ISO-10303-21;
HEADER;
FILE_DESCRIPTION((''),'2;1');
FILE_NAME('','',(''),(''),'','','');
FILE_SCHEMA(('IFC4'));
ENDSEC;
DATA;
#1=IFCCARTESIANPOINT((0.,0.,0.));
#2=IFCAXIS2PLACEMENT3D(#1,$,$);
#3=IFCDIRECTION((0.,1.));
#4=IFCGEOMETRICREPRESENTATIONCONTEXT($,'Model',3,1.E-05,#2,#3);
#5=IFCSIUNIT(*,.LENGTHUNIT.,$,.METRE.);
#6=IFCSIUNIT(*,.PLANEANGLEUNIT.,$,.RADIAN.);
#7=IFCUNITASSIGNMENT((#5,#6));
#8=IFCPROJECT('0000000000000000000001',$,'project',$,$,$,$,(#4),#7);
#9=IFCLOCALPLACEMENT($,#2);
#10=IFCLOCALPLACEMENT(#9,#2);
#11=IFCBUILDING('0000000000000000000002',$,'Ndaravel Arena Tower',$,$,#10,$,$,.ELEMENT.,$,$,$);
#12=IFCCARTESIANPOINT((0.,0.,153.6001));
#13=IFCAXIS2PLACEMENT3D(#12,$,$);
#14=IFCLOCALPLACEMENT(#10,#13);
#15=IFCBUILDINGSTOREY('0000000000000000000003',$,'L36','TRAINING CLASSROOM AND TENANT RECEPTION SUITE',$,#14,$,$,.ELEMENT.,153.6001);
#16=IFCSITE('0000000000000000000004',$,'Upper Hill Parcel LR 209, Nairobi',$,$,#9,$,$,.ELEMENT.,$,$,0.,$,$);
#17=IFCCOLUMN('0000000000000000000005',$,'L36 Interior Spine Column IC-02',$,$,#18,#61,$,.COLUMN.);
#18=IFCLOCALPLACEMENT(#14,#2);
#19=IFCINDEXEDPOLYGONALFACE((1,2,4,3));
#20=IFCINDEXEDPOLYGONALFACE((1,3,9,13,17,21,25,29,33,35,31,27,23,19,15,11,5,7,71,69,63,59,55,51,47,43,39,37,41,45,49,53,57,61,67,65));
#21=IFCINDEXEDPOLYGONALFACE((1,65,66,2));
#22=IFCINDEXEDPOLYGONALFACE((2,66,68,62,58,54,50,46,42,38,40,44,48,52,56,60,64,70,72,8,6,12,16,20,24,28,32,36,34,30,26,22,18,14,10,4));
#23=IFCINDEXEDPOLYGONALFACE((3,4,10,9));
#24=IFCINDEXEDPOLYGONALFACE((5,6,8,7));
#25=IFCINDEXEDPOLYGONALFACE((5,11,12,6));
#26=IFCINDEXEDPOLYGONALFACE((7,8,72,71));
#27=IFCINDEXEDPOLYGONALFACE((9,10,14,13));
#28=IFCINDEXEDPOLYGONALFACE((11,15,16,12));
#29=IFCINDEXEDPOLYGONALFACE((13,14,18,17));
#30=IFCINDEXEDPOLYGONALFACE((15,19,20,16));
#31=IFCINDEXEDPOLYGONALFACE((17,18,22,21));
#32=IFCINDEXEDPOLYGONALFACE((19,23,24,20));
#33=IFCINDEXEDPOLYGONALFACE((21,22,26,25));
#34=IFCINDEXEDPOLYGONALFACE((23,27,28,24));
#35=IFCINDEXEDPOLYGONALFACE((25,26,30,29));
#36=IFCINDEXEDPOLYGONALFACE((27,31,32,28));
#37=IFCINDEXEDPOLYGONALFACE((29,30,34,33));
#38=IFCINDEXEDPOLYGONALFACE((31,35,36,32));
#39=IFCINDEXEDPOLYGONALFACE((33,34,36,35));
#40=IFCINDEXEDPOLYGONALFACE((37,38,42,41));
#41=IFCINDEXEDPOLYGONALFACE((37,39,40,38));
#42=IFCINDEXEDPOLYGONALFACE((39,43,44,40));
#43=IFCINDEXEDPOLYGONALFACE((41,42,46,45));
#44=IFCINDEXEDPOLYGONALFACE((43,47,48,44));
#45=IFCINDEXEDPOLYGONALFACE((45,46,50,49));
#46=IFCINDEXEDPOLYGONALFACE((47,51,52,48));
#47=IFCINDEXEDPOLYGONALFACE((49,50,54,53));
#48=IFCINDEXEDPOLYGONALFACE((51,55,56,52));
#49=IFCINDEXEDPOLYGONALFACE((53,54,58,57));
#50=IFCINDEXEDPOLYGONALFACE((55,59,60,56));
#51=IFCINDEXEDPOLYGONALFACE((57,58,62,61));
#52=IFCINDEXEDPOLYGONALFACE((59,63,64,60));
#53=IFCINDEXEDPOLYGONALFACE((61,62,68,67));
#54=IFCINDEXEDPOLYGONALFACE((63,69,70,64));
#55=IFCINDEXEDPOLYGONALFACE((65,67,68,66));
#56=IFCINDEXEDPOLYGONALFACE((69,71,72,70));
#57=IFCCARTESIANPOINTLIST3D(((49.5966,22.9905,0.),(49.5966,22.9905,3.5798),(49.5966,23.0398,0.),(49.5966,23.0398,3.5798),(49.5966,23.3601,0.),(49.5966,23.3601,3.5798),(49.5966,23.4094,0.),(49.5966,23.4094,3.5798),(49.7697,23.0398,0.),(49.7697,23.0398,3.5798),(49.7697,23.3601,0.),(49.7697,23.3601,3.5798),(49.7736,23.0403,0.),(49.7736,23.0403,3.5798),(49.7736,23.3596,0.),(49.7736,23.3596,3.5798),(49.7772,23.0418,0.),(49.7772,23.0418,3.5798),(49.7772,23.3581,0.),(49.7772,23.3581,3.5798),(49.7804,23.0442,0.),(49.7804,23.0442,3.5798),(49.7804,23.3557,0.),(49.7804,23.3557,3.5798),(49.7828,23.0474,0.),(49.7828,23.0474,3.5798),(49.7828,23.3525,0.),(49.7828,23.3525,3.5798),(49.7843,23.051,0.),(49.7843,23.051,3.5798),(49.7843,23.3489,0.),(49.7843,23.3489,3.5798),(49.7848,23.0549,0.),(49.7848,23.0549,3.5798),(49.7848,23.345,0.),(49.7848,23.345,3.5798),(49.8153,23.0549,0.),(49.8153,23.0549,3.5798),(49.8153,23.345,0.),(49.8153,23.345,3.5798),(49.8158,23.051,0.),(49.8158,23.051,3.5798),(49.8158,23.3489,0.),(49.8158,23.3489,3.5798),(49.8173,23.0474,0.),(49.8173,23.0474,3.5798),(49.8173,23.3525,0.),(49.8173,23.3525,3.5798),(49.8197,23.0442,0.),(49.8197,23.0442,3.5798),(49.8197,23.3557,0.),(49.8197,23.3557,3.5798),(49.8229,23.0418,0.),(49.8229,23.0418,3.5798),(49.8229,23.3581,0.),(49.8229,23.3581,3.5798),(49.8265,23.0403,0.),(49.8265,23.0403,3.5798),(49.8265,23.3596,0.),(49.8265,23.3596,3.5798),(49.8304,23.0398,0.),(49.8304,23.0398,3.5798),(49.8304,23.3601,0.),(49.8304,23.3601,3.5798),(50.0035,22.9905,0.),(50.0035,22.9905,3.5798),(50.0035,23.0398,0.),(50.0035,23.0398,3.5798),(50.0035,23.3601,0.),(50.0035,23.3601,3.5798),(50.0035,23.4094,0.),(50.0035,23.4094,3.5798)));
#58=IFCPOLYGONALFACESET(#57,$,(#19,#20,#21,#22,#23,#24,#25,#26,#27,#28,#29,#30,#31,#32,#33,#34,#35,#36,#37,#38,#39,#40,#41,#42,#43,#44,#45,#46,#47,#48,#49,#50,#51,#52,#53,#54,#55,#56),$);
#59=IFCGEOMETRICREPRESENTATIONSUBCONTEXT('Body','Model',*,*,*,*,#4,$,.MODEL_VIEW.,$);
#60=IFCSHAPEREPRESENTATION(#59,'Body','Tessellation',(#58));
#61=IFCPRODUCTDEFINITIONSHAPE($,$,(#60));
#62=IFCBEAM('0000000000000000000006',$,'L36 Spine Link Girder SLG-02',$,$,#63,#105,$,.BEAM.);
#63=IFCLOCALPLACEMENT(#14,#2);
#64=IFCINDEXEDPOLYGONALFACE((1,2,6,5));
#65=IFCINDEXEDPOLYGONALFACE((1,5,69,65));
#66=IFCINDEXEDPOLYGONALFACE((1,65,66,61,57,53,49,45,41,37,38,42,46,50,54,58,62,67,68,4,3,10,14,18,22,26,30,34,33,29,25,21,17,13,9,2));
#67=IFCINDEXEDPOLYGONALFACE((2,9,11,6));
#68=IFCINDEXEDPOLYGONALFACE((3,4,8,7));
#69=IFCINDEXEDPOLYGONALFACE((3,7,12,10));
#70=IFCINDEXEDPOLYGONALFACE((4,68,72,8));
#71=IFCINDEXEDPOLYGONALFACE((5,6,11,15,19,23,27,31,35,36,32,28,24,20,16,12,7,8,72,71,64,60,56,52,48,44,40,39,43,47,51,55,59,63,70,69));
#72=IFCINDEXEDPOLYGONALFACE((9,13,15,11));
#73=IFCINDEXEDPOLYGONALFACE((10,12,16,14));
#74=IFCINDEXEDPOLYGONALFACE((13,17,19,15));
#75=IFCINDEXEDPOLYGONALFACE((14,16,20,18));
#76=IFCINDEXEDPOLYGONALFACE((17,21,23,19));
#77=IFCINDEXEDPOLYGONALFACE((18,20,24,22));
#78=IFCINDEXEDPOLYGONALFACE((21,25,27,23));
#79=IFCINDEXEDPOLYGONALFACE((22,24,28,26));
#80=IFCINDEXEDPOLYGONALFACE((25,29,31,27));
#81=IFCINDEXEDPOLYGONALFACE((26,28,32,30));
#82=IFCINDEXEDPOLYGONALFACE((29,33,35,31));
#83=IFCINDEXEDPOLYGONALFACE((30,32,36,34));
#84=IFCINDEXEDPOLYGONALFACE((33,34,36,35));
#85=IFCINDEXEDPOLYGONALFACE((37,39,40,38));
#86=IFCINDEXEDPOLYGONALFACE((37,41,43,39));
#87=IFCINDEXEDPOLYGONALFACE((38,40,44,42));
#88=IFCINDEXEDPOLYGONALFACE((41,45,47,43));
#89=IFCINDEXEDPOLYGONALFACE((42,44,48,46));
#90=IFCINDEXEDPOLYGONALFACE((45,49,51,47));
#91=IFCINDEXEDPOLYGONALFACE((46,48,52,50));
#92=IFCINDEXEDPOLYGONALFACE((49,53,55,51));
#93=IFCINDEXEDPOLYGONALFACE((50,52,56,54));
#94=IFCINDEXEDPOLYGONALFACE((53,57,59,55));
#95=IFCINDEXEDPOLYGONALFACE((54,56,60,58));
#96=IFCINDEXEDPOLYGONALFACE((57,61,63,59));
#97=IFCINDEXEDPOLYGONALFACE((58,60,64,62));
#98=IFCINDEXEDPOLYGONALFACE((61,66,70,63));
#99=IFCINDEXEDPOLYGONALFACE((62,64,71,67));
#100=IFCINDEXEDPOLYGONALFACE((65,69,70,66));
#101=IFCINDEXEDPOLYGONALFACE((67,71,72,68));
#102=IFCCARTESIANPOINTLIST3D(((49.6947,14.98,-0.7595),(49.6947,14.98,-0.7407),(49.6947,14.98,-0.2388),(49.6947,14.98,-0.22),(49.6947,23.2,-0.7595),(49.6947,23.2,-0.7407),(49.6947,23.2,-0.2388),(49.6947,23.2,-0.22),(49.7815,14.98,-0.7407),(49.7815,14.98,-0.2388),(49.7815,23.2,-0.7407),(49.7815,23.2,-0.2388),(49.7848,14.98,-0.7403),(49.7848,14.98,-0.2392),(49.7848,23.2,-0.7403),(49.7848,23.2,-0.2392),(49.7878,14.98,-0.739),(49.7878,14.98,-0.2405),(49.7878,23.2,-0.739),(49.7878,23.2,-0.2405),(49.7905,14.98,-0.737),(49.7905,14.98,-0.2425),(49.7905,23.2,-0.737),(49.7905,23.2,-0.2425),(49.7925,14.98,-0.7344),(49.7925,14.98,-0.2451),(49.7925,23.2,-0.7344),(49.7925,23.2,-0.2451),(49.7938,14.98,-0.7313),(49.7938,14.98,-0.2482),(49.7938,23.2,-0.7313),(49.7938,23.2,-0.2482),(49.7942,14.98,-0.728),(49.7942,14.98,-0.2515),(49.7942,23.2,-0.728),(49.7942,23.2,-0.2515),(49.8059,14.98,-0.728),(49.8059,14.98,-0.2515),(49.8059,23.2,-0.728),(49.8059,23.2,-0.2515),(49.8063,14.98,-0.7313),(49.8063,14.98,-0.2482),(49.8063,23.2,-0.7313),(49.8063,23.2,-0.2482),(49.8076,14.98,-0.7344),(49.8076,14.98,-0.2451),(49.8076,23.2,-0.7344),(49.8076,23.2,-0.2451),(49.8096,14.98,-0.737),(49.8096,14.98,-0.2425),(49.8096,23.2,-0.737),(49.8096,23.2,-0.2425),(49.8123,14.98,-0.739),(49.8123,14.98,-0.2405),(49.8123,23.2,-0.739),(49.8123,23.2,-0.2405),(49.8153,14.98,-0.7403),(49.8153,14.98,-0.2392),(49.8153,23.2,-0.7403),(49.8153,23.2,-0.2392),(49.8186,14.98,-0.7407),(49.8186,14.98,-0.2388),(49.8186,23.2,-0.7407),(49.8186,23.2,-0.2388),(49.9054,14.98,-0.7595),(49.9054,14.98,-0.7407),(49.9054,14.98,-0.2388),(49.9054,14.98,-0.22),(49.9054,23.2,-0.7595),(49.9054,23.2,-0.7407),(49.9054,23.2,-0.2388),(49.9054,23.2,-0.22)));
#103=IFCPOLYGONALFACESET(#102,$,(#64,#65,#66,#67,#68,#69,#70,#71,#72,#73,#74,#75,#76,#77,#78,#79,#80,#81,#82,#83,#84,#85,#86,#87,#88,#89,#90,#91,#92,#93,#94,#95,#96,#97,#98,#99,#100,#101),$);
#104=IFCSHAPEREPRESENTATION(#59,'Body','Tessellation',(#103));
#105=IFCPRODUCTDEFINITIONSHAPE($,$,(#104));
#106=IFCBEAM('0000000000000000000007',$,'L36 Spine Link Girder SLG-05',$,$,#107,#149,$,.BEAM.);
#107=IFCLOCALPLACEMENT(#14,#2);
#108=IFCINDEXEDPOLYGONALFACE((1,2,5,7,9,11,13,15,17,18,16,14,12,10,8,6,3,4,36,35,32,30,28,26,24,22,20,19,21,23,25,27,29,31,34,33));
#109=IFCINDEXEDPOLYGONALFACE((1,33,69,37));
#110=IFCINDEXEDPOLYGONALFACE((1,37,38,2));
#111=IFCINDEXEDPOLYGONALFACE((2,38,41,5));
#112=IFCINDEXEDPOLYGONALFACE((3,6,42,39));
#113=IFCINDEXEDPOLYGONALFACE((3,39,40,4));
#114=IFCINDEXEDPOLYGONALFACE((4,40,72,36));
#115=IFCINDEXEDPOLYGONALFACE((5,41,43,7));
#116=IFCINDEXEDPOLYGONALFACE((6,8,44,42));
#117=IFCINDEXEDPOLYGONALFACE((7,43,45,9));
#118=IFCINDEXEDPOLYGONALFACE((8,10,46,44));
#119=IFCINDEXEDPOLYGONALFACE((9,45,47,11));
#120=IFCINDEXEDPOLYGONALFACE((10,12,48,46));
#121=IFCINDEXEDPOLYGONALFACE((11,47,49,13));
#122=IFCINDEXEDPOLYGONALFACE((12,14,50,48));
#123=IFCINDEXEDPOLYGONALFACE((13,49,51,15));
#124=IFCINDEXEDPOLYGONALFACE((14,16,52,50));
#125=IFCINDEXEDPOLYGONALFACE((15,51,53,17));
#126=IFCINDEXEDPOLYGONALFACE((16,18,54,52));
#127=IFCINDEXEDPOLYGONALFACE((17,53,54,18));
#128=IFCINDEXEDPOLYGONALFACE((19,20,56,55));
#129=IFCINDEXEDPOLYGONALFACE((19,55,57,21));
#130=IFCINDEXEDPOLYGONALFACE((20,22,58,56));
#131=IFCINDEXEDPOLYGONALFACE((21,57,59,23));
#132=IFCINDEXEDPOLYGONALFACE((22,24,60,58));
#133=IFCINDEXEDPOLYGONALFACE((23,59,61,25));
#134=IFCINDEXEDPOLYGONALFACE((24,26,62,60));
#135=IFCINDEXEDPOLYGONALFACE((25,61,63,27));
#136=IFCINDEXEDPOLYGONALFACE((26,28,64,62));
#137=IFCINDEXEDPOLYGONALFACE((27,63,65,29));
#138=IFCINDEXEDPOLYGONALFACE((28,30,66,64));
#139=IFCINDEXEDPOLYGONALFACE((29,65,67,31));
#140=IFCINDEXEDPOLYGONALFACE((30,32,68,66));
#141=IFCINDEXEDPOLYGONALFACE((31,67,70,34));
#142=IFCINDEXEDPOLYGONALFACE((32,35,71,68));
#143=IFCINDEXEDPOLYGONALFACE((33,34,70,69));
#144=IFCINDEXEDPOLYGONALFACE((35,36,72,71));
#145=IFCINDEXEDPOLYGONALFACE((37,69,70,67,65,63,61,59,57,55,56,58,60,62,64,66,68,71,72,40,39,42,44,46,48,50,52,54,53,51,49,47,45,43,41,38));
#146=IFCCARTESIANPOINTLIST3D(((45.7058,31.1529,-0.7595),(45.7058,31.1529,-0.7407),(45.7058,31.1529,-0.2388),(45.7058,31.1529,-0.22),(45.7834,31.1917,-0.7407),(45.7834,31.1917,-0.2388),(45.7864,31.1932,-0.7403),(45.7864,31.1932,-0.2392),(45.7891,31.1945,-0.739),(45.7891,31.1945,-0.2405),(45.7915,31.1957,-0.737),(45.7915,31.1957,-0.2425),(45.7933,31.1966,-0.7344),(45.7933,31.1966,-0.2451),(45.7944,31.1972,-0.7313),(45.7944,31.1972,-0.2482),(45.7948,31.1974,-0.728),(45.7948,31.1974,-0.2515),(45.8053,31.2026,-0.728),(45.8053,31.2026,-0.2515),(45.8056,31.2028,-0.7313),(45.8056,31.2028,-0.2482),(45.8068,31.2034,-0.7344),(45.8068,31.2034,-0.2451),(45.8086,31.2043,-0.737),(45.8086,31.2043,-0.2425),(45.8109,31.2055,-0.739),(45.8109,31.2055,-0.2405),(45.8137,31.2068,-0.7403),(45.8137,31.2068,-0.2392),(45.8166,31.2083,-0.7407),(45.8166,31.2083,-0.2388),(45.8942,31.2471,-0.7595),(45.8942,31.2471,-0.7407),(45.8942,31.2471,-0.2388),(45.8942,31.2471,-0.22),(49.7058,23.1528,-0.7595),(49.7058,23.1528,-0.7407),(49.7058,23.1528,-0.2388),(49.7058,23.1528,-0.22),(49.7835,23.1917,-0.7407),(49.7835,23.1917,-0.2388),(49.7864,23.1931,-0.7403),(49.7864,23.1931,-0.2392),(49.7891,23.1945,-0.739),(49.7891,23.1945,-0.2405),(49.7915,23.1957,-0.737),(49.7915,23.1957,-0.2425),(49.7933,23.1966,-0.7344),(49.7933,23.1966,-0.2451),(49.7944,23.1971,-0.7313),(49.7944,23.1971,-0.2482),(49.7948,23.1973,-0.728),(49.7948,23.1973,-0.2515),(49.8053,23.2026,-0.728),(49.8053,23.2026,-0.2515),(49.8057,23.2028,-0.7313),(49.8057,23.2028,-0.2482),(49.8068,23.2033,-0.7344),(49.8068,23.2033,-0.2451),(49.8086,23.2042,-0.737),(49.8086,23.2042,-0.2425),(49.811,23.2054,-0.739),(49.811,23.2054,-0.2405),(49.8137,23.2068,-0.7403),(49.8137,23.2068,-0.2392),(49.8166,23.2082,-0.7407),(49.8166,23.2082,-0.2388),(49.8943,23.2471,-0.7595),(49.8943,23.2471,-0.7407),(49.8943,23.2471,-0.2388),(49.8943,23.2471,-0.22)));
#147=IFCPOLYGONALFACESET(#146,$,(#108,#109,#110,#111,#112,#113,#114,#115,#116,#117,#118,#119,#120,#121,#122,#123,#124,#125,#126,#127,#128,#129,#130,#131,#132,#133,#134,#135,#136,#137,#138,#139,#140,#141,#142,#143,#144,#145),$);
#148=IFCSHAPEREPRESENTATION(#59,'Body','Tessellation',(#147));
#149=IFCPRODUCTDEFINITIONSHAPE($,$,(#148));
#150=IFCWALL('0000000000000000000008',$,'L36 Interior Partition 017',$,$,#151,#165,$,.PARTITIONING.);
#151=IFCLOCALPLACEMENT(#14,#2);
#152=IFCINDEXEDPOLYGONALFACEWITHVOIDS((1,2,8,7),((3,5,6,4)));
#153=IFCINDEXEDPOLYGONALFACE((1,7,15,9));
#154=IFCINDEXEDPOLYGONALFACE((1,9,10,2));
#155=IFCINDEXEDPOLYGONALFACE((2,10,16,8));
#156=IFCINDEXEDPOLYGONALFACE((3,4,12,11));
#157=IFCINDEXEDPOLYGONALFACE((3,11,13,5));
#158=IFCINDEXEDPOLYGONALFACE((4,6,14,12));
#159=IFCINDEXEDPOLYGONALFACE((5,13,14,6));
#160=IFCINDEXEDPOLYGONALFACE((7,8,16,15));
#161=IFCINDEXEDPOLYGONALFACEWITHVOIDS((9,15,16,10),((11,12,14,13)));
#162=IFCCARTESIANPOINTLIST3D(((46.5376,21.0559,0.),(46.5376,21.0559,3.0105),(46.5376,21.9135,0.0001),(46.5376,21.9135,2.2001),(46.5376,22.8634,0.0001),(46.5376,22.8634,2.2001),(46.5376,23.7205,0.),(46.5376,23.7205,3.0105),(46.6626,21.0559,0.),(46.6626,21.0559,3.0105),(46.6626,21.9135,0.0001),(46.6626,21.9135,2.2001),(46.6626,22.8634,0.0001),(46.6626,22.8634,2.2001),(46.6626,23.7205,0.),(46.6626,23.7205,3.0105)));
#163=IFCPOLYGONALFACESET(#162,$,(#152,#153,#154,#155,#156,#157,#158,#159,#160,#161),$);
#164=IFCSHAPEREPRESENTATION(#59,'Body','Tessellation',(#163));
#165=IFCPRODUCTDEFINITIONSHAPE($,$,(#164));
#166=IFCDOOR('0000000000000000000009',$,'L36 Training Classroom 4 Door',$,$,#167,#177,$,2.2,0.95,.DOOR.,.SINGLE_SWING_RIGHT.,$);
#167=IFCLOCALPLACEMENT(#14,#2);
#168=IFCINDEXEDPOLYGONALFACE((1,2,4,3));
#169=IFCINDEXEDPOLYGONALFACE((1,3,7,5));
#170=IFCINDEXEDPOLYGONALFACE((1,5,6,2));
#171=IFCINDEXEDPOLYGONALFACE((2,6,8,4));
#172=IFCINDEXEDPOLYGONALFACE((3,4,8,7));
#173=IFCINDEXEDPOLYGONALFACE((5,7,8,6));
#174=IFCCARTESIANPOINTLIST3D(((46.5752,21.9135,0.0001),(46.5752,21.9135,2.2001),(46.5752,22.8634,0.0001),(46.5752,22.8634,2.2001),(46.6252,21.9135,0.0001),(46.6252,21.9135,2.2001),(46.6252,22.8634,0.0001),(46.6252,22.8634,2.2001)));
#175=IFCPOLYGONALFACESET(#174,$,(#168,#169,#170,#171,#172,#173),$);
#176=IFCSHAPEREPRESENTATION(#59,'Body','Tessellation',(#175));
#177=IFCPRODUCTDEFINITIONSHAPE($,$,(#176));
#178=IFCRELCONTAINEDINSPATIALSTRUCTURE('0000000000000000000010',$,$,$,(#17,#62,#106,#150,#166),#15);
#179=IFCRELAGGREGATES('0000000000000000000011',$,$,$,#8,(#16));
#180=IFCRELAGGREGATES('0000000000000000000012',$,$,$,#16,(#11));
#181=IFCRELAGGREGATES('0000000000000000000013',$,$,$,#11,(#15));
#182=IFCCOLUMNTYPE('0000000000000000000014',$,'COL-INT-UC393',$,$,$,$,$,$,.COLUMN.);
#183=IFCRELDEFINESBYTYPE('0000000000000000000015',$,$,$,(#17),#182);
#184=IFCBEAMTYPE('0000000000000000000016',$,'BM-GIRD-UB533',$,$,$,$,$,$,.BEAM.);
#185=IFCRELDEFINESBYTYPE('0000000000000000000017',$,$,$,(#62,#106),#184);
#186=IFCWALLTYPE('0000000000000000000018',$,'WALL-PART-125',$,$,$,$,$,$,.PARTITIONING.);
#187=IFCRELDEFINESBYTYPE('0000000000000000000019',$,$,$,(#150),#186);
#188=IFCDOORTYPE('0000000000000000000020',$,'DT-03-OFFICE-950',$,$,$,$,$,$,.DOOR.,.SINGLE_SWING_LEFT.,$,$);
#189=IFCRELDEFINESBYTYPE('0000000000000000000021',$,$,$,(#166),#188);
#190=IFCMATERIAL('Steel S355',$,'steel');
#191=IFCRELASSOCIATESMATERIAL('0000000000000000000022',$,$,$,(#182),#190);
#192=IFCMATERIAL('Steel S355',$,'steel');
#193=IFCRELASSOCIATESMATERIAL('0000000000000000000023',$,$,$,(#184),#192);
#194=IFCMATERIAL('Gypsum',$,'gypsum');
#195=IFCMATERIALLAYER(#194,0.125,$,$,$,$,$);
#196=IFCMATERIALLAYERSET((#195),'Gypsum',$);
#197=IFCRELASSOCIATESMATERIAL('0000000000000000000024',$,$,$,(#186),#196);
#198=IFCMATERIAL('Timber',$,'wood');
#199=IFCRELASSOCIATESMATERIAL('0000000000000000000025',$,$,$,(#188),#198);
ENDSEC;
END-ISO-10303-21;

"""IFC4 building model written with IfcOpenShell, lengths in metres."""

from ifc_helpers import new_model, si_unit, direction, frame, frame_2d, origin, origin_2d, place, context, subcontext, project, spatial, rectangle, i_section, extrude, material, layer, layer_set, material_profile, profile_set, type_object, element, fill, save


model = new_model("IFC4")

# Units and contexts
model_context = context("Model", 3, precision=1e-05, world=origin(), true_north=direction((0.0, 1.0)))
body_context = subcontext(model_context, "Body", "Model", "MODEL_VIEW")
ifc_project = project(units=[si_unit("LENGTHUNIT", "METRE"), si_unit("PLANEANGLEUNIT", "RADIAN")], contexts=[model_context])

# Site, building, storey
site_placement = place(None, origin())
site = spatial("IfcSite", under=ifc_project, at=site_placement, Name="Upper Hill Parcel LR 209, Nairobi", CompositionType="ELEMENT", RefElevation=0.0)
building_placement = place(site_placement, origin())
building = spatial("IfcBuilding", under=site, at=building_placement, Name="Ndaravel Arena Tower", CompositionType="ELEMENT")
storey_placement = place(building_placement, frame((0.0, 0.0, 153.6001)))
storey = spatial("IfcBuildingStorey", under=building, at=storey_placement, Name="L36", Description="TRAINING CLASSROOM AND TENANT RECEPTION SUITE", CompositionType="ELEMENT", Elevation=153.6001)

# Column
ifc_material_1 = material(Name="Steel S355", Category="steel")
ifc_material_profile_1 = material_profile(ifc_material_1, i_section(OverallWidth=0.407, OverallDepth=0.4189, WebThickness=0.0305, FlangeThickness=0.0493, FilletRadius=0.0151, at=origin_2d()), Name="UC 356x406x393")
ifc_profile_set_1 = profile_set([ifc_material_profile_1], Name="Steel S355")
column_type = type_object("IfcColumnType", Name="COL-INT-UC393", PredefinedType="COLUMN", material=ifc_profile_set_1)
column_placement = place(storey_placement, frame((49.8, 23.2, 0.0), z_axis=(0.0, 0.0, 1.0), x_axis=(1.0, 0.0, 0.0)))
element("IfcColumn", 1, at=column_placement, inside=storey, type_object=column_type, Name="L36 Interior Spine Column IC-02", PredefinedType="COLUMN", context=body_context, shape_type="SweptSolid", body=[
    extrude(i_section(OverallWidth=0.407, OverallDepth=0.4189, WebThickness=0.0305, FlangeThickness=0.0493, FilletRadius=0.0151, at=origin_2d()), origin(), (0.0, 0.0, 1.0), 3.5798),
])

# Beams
ifc_material_2 = material(Name="Steel S355", Category="steel")
ifc_material_profile_2 = material_profile(ifc_material_2, i_section(OverallWidth=0.2107, OverallDepth=0.5396, WebThickness=0.0117, FlangeThickness=0.0188, FilletRadius=0.0127, at=origin_2d()), Name="UB 533x210x109")
ifc_profile_set_2 = profile_set([ifc_material_profile_2], Name="Steel S355")
beam_type = type_object("IfcBeamType", Name="BM-GIRD-UB533", PredefinedType="BEAM", material=ifc_profile_set_2)
beam_1_placement = place(storey_placement, frame((49.8, 14.98, -0.4897), z_axis=(0.0, 1.0, 0.0), x_axis=(-1.0, 0.0, 0.0)))
element("IfcBeam", 2, at=beam_1_placement, inside=storey, type_object=beam_type, Name="L36 Spine Link Girder SLG-02", PredefinedType="BEAM", context=body_context, shape_type="SweptSolid", body=[
    extrude(i_section(OverallWidth=0.2107, OverallDepth=0.5396, WebThickness=0.0117, FlangeThickness=0.0188, FilletRadius=0.0127, at=origin_2d()), origin(), (0.0, 0.0, 1.0), 8.22),
])
beam_2_placement = place(storey_placement, frame((49.8, 23.2, -0.4897), z_axis=(-0.447214, 0.894427, 0.0), x_axis=(-0.894427, -0.447214, 0.0)))
element("IfcBeam", 3, at=beam_2_placement, inside=storey, type_object=beam_type, Name="L36 Spine Link Girder SLG-05", PredefinedType="BEAM", context=body_context, shape_type="SweptSolid", body=[
    extrude(i_section(OverallWidth=0.2107, OverallDepth=0.5396, WebThickness=0.0117, FlangeThickness=0.0188, FilletRadius=0.0127, at=origin_2d()), origin(), (0.0, 0.0, 1.0), 8.9443),
])

# Wall, opening, door
ifc_material_3 = material(Name="Gypsum", Category="gypsum")
ifc_layer_1 = layer(ifc_material_3, 0.125)
ifc_layer_set_1 = layer_set([ifc_layer_1], Name="Gypsum")
wall_type_1 = type_object("IfcWallType", Name="WALL-PART-125", PredefinedType="PARTITIONING", material=ifc_layer_set_1)
wall_1_placement = place(storey_placement, frame((46.6001, 21.0559, 0.0), z_axis=(0.0, 0.0, 1.0), x_axis=(0.0, 1.0, 0.0)))
wall_1 = element("IfcWall", 4, at=wall_1_placement, inside=storey, type_object=wall_type_1, Name="L36 Interior Partition 017", PredefinedType="PARTITIONING", context=body_context, shape_type="SweptSolid", body=[
    extrude(rectangle(XDim=2.6646, YDim=0.125, at=frame_2d((1.3323, 0.0))), origin(), (0.0, 0.0, 1.0), 3.0105),
])
opening_1_placement = place(wall_1_placement, frame((0.8574, 0.0, 0.0)))
opening_1 = element("IfcOpeningElement", 5, at=opening_1_placement, cuts=wall_1, PredefinedType="OPENING", context=body_context, shape_type="SweptSolid", body=[
    extrude(rectangle(XDim=0.95, YDim=2.2, at=frame_2d((0.4751, 1.1001))), frame((0.0, 0.0625, 0.0), z_axis=(0.0, -1.0, 0.0), x_axis=(1.0, 0.0, 0.0)), (0.0, 0.0, 1.0), 0.125),
])
ifc_material_4 = material(Name="Timber", Category="wood")
door_type_1 = type_object("IfcDoorType", Name="DT-03-OFFICE-950", OperationType="SINGLE_SWING_LEFT", PredefinedType="DOOR", material=ifc_material_4)
door_1_placement = place(opening_1_placement, origin())
door_1 = element("IfcDoor", 6, at=door_1_placement, inside=storey, type_object=door_type_1, Name="L36 Training Classroom 4 Door", OperationType="SINGLE_SWING_RIGHT", OverallHeight=2.2, OverallWidth=0.95, PredefinedType="DOOR", context=body_context, shape_type="SweptSolid", body=[
    extrude(rectangle(XDim=0.95, YDim=2.2, at=frame_2d((0.4751, 1.1001))), frame((0.0, 0.0249, 0.0), z_axis=(0.0, -1.0, 0.0), x_axis=(1.0, 0.0, 0.0)), (0.0, 0.0, 1.0), 0.05),
])
fill(opening_1, door_1)

save(model, "model.ifc")
